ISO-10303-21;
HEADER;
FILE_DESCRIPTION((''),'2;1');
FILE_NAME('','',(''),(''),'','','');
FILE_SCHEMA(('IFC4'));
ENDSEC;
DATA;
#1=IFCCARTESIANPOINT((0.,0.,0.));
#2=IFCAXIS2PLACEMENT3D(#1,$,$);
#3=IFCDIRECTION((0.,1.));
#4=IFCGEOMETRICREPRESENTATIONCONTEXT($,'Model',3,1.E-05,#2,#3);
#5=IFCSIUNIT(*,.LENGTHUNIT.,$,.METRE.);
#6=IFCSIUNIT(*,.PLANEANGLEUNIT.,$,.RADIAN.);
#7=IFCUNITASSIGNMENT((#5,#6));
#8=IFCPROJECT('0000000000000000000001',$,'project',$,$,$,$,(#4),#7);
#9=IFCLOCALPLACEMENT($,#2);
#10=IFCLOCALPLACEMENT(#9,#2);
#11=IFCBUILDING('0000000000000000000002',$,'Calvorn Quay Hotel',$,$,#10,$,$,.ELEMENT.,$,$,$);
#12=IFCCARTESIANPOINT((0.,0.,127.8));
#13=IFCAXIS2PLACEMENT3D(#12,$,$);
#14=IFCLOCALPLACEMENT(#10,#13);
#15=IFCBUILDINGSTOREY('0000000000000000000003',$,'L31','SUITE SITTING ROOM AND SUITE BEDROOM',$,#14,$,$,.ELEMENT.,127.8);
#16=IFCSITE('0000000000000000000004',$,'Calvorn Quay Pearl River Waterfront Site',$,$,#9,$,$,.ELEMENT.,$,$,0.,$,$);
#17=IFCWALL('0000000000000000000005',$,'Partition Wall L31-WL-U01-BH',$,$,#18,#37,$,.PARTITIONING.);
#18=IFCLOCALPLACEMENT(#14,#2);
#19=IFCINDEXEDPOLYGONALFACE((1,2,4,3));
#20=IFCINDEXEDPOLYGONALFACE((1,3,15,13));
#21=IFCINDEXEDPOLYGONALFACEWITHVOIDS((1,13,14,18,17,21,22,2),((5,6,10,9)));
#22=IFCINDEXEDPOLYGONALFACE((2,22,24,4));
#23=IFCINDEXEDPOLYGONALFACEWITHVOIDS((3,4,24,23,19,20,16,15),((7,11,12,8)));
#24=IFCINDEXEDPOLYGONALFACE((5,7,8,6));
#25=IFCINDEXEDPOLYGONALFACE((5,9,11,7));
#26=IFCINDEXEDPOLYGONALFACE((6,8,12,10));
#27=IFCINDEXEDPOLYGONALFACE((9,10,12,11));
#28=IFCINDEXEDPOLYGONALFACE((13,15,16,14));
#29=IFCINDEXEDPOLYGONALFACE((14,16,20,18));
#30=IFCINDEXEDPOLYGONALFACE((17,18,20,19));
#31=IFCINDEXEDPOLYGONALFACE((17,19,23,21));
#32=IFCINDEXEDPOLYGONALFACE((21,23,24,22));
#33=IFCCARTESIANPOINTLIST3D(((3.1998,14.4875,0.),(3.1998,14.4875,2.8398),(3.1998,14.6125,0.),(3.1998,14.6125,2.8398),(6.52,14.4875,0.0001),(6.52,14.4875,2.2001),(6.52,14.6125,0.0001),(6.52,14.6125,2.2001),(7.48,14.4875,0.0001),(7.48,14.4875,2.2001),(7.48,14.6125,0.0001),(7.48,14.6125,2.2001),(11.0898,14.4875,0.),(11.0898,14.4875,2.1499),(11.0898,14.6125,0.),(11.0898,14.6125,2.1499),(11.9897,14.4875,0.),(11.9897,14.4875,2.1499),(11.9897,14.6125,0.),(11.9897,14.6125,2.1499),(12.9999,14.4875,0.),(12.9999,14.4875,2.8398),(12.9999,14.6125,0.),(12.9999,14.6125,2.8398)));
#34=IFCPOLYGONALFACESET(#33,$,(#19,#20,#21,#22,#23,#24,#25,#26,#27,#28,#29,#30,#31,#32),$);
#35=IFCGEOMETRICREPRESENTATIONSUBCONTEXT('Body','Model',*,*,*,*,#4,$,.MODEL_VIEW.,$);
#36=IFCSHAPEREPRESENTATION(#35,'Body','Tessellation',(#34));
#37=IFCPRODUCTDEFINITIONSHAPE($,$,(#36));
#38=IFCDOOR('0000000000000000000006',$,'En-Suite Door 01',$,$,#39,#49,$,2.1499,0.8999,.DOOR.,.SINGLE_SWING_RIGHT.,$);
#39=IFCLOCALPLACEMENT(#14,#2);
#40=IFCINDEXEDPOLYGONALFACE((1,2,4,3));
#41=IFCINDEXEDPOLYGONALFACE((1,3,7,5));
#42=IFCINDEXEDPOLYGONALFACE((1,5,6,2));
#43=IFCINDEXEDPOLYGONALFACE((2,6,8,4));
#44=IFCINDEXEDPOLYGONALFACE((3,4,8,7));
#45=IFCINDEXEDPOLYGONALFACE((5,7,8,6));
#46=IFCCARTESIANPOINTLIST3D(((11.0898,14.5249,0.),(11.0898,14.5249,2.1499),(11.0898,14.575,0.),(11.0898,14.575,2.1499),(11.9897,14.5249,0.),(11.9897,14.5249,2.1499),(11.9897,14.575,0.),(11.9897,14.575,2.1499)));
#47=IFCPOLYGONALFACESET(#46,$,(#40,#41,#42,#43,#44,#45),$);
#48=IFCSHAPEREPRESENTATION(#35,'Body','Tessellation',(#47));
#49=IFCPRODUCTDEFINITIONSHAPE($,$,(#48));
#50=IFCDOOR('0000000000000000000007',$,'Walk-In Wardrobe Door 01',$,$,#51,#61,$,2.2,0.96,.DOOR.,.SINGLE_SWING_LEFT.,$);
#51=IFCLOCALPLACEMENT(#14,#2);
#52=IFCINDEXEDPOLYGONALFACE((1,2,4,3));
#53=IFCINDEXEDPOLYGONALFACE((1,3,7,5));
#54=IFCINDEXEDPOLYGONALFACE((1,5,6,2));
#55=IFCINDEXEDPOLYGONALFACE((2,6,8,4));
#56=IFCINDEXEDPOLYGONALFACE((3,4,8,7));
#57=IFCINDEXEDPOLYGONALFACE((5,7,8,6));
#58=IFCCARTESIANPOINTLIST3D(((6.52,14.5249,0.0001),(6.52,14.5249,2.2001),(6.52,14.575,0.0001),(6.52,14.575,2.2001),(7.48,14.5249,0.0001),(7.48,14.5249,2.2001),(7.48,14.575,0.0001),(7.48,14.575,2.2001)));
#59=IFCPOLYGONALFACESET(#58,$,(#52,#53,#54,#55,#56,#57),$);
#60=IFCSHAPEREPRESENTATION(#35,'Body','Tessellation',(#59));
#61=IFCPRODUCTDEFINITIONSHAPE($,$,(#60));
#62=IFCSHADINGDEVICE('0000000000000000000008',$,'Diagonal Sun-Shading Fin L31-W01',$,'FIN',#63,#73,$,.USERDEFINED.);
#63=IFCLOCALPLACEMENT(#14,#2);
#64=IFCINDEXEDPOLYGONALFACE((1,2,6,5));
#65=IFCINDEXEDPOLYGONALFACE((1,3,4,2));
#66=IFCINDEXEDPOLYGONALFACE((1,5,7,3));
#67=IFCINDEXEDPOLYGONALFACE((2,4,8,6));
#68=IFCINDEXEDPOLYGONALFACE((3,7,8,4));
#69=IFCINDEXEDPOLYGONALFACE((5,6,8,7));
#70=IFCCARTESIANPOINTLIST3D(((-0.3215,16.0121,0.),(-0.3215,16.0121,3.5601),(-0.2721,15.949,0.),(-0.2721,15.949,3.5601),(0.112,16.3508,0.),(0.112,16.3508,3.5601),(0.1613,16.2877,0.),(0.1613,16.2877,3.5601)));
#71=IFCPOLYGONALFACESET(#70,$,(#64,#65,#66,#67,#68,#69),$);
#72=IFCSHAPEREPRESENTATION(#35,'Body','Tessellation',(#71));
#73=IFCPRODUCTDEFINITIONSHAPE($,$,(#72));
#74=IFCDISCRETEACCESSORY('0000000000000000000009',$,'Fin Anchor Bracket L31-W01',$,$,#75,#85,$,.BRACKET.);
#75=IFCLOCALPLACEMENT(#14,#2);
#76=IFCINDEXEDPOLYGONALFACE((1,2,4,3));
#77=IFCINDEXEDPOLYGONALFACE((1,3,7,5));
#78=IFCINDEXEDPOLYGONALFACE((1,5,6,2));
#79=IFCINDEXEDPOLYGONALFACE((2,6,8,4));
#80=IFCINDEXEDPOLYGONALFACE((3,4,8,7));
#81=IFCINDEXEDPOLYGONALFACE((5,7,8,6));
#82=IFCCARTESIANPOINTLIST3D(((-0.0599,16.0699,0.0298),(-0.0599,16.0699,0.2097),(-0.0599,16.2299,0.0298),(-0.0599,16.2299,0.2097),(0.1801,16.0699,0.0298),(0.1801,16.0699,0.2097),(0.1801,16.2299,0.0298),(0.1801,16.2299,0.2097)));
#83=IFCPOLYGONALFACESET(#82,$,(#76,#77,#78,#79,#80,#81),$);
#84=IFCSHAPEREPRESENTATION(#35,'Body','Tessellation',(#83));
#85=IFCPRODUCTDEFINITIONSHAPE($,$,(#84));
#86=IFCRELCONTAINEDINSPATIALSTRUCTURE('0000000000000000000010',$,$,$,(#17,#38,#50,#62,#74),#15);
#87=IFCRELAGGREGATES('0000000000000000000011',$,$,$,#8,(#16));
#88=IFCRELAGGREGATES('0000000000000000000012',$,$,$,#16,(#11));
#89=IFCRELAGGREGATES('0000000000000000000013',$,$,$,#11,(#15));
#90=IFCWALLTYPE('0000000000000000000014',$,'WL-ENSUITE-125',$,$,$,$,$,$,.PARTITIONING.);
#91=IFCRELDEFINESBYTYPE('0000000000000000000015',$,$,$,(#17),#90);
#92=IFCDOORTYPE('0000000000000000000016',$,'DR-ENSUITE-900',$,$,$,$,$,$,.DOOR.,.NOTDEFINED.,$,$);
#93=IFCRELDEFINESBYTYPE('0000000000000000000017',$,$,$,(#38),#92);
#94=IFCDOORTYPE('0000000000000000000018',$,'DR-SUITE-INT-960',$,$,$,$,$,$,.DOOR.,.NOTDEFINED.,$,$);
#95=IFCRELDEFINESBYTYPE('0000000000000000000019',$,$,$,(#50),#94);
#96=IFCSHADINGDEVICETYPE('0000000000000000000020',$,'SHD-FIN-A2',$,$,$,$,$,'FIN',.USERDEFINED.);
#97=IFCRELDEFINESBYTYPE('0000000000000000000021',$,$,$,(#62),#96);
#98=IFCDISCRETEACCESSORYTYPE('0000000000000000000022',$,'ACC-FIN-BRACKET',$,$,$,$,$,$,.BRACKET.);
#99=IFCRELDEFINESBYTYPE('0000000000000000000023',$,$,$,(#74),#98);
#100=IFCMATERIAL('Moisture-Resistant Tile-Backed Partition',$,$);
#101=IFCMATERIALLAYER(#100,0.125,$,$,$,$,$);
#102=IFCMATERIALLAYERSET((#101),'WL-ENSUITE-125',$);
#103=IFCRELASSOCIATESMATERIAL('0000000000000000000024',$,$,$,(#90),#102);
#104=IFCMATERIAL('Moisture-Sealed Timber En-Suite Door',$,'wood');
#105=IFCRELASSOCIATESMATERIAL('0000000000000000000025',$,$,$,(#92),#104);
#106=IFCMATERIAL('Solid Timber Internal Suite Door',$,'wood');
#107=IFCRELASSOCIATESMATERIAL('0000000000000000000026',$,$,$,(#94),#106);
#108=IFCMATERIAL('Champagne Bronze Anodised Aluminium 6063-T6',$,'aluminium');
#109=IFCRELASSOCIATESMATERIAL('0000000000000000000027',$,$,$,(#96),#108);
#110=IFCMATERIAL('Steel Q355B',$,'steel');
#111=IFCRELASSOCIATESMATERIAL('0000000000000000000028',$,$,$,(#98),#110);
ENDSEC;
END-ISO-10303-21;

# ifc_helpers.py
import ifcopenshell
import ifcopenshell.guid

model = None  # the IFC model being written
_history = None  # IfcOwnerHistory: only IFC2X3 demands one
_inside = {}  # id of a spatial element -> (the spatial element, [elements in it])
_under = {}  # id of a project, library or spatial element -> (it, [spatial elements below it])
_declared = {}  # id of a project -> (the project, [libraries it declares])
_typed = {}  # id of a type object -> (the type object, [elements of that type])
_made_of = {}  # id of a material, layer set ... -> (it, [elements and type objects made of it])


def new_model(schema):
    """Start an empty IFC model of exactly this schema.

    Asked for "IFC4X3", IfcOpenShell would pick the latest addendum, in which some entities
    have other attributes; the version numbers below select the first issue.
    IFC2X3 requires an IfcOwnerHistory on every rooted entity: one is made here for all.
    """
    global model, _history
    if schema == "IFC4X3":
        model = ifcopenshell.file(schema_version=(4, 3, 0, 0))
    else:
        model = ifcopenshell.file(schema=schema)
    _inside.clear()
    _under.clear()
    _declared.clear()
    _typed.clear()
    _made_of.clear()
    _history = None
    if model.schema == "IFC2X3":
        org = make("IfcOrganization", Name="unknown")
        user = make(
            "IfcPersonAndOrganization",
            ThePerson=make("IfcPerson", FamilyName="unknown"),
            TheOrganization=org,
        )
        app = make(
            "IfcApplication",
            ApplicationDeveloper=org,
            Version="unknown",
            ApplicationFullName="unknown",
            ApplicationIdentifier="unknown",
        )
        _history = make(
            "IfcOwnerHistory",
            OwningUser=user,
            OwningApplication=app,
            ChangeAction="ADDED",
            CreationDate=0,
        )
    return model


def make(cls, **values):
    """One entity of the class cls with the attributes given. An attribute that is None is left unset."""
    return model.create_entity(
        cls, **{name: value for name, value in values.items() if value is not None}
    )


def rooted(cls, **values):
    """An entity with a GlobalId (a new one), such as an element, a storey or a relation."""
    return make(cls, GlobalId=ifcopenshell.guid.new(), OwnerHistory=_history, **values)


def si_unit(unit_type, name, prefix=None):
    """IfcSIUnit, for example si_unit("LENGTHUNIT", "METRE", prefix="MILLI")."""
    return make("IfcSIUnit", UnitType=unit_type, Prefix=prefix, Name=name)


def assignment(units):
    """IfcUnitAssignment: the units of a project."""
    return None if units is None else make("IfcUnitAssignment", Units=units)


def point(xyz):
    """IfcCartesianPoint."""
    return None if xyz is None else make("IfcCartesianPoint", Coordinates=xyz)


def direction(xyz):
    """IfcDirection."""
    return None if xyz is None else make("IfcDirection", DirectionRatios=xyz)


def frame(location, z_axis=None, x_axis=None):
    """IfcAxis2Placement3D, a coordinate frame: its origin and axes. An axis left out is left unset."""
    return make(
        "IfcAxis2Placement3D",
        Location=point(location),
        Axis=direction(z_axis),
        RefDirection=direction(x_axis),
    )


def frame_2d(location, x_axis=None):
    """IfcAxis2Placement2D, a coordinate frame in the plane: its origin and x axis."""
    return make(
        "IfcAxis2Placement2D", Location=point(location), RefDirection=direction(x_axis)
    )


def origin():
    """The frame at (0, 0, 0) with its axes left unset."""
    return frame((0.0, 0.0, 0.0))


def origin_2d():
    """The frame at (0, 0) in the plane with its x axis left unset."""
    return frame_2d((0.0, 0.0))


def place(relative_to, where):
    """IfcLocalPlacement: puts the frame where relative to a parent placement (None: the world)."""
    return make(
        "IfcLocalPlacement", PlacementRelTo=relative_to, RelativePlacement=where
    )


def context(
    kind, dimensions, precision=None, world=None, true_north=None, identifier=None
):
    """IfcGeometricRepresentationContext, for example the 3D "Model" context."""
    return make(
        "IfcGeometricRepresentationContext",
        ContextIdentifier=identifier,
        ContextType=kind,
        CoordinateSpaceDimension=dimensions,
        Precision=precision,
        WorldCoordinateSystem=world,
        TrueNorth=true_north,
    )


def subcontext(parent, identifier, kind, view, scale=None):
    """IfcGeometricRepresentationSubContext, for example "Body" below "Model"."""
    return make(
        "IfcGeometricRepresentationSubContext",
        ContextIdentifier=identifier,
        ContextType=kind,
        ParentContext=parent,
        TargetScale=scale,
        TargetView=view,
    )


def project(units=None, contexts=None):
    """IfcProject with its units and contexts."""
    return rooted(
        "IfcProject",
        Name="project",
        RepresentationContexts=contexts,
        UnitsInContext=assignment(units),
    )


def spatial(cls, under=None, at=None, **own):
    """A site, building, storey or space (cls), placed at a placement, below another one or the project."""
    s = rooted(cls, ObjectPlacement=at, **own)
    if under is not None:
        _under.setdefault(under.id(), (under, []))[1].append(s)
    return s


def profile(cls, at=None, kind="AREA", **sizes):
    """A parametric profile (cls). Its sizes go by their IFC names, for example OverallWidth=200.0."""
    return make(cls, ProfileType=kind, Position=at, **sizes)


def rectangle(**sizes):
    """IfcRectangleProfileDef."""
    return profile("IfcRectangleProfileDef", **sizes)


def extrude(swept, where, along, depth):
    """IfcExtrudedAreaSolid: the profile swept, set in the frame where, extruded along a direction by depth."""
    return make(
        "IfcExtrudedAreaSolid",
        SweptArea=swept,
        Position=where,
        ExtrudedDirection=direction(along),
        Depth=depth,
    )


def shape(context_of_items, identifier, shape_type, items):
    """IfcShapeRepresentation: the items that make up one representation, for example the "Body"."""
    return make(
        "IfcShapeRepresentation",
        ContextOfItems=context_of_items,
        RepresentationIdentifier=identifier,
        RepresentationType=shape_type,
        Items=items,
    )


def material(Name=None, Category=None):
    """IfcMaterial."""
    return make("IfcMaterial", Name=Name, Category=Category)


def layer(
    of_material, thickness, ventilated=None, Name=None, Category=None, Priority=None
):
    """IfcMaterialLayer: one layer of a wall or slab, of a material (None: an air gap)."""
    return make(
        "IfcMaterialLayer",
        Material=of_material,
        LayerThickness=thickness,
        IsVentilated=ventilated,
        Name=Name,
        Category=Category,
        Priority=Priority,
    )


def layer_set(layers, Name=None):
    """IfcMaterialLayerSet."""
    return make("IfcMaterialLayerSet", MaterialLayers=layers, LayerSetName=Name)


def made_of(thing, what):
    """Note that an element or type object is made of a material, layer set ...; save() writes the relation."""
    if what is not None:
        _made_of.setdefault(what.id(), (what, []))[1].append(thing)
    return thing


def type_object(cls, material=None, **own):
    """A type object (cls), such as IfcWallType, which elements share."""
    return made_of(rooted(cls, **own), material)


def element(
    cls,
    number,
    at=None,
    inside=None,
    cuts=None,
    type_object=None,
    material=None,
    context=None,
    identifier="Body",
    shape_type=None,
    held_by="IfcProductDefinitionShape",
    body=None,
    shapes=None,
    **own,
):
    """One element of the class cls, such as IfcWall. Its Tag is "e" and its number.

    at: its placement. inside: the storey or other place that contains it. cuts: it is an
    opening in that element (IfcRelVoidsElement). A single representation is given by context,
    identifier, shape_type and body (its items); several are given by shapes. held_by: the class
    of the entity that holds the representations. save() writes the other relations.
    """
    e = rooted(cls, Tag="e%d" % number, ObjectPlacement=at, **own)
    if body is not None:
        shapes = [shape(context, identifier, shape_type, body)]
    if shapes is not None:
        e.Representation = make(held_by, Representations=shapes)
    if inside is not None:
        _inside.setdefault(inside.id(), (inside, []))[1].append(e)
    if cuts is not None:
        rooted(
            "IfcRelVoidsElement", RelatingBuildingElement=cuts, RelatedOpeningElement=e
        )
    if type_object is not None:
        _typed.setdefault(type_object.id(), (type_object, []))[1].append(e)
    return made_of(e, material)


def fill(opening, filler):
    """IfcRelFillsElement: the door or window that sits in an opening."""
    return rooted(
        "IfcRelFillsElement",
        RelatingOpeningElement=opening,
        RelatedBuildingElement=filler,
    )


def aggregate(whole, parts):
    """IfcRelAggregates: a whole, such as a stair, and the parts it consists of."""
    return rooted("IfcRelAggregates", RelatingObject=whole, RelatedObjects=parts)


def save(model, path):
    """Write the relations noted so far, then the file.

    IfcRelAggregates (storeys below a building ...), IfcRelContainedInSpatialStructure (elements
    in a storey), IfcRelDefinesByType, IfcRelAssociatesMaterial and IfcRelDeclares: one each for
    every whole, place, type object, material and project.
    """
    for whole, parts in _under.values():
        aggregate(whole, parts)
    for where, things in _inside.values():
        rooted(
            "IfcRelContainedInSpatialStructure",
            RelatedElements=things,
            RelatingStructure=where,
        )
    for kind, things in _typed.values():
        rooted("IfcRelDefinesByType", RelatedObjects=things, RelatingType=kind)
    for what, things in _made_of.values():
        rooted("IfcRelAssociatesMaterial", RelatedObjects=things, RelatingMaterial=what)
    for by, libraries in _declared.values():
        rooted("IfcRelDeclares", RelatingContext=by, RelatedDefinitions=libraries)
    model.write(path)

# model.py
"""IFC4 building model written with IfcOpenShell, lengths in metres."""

from ifc_helpers import new_model, si_unit, direction, frame, frame_2d, origin, origin_2d, place, context, subcontext, project, spatial, rectangle, extrude, material, layer, layer_set, type_object, element, fill, save


model = new_model("IFC4")

# Units and contexts
model_context = context("Model", 3, precision=1e-05, world=origin(), true_north=direction((0.0, 1.0)))
body_context = subcontext(model_context, "Body", "Model", "MODEL_VIEW")
ifc_project = project(units=[si_unit("LENGTHUNIT", "METRE"), si_unit("PLANEANGLEUNIT", "RADIAN")], contexts=[model_context])

# Site, building, storey
site_placement = place(None, origin())
site = spatial("IfcSite", under=ifc_project, at=site_placement, Name="Calvorn Quay Pearl River Waterfront Site", CompositionType="ELEMENT", RefElevation=0.0)
building_placement = place(site_placement, origin())
building = spatial("IfcBuilding", under=site, at=building_placement, Name="Calvorn Quay Hotel", CompositionType="ELEMENT")
storey_placement = place(building_placement, frame((0.0, 0.0, 127.8)))
storey = spatial("IfcBuildingStorey", under=building, at=storey_placement, Name="L31", Description="SUITE SITTING ROOM AND SUITE BEDROOM", CompositionType="ELEMENT", Elevation=127.8)

# Wall, openings, doors
ifc_material_1 = material(Name="Moisture-Resistant Tile-Backed Partition")
ifc_layer_1 = layer(ifc_material_1, 0.125)
ifc_layer_set_1 = layer_set([ifc_layer_1], Name="WL-ENSUITE-125")
wall_type_1 = type_object("IfcWallType", Name="WL-ENSUITE-125", PredefinedType="PARTITIONING", material=ifc_layer_set_1)
wall_1_placement = place(storey_placement, frame((3.2, 14.55, 0.0), z_axis=(0.0, 0.0, 1.0), x_axis=(1.0, 0.0, 0.0)))
wall_1 = element("IfcWall", 1, at=wall_1_placement, inside=storey, type_object=wall_type_1, Name="Partition Wall L31-WL-U01-BH", PredefinedType="PARTITIONING", context=body_context, shape_type="SweptSolid", body=[
    extrude(rectangle(XDim=9.8, YDim=0.125, at=frame_2d((4.8999, 0.0))), origin(), (0.0, 0.0, 1.0), 2.8398),
])
opening_1_placement = place(wall_1_placement, frame((3.3201, 0.0, 0.0)))
opening_1 = element("IfcOpeningElement", 2, at=opening_1_placement, cuts=wall_1, PredefinedType="OPENING", context=body_context, shape_type="SweptSolid", body=[
    extrude(rectangle(XDim=0.96, YDim=2.2, at=frame_2d((0.48, 1.1001))), frame((0.0, 0.0725, 0.0), z_axis=(0.0, -1.0, 0.0), x_axis=(1.0, 0.0, 0.0)), (0.0, 0.0, 1.0), 0.145),
])
opening_2_placement = place(wall_1_placement, frame((7.8899, 0.0, 0.0)))
opening_2 = element("IfcOpeningElement", 3, at=opening_2_placement, cuts=wall_1, PredefinedType="OPENING", context=body_context, shape_type="SweptSolid", body=[
    extrude(rectangle(XDim=0.8999, YDim=2.1499, at=frame_2d((0.45, 1.075))), frame((0.0, 0.0725, 0.0), z_axis=(0.0, -1.0, 0.0), x_axis=(1.0, 0.0, 0.0)), (0.0, 0.0, 1.0), 0.145),
])
ifc_material_2 = material(Name="Moisture-Sealed Timber En-Suite Door", Category="wood")
door_type_1 = type_object("IfcDoorType", Name="DR-ENSUITE-900", OperationType="NOTDEFINED", PredefinedType="DOOR", material=ifc_material_2)
door_1_placement = place(opening_2_placement, origin())
door_1 = element("IfcDoor", 4, at=door_1_placement, inside=storey, type_object=door_type_1, Name="En-Suite Door 01", OperationType="SINGLE_SWING_RIGHT", OverallHeight=2.1499, OverallWidth=0.8999, PredefinedType="DOOR", context=body_context, shape_type="SweptSolid", body=[
    extrude(rectangle(XDim=0.8999, YDim=2.1499, at=frame_2d((0.45, 1.075))), frame((0.0, 0.0249, 0.0), z_axis=(0.0, -1.0, 0.0), x_axis=(1.0, 0.0, 0.0)), (0.0, 0.0, 1.0), 0.05),
])
fill(opening_2, door_1)
ifc_material_3 = material(Name="Solid Timber Internal Suite Door", Category="wood")
door_type_2 = type_object("IfcDoorType", Name="DR-SUITE-INT-960", OperationType="NOTDEFINED", PredefinedType="DOOR", material=ifc_material_3)
door_2_placement = place(opening_1_placement, origin())
door_2 = element("IfcDoor", 5, at=door_2_placement, inside=storey, type_object=door_type_2, Name="Walk-In Wardrobe Door 01", OperationType="SINGLE_SWING_LEFT", OverallHeight=2.2, OverallWidth=0.96, PredefinedType="DOOR", context=body_context, shape_type="SweptSolid", body=[
    extrude(rectangle(XDim=0.96, YDim=2.2, at=frame_2d((0.48, 1.1001))), frame((0.0, 0.0249, 0.0), z_axis=(0.0, -1.0, 0.0), x_axis=(1.0, 0.0, 0.0)), (0.0, 0.0, 1.0), 0.05),
])
fill(opening_1, door_2)

# Shading device
ifc_material_4 = material(Name="Champagne Bronze Anodised Aluminium 6063-T6", Category="aluminium")
shading_device_type = type_object("IfcShadingDeviceType", Name="SHD-FIN-A2", ElementType="FIN", PredefinedType="USERDEFINED", material=ifc_material_4)
shading_device_placement = place(storey_placement, frame((-0.0801, 16.1499, 0.0), z_axis=(0.0, 0.0, 1.0), x_axis=(0.788011, 0.615661, 0.0)))
element("IfcShadingDevice", 6, at=shading_device_placement, inside=storey, type_object=shading_device_type, Name="Diagonal Sun-Shading Fin L31-W01", ObjectType="FIN", PredefinedType="USERDEFINED", context=body_context, shape_type="SweptSolid", body=[
    extrude(rectangle(XDim=0.55, YDim=0.0801, at=origin_2d()), origin(), (0.0, 0.0, 1.0), 3.5601),
])

# Discrete accessory
ifc_material_5 = material(Name="Steel Q355B", Category="steel")
discrete_accessory_type = type_object("IfcDiscreteAccessoryType", Name="ACC-FIN-BRACKET", PredefinedType="BRACKET", material=ifc_material_5)
discrete_accessory_placement = place(storey_placement, frame((0.0601, 16.1499, 0.0298), z_axis=(0.0, 0.0, 1.0), x_axis=(1.0, 0.0, 0.0)))
element("IfcDiscreteAccessory", 7, at=discrete_accessory_placement, inside=storey, type_object=discrete_accessory_type, Name="Fin Anchor Bracket L31-W01", PredefinedType="BRACKET", context=body_context, shape_type="SweptSolid", body=[
    extrude(rectangle(XDim=0.24, YDim=0.1599, at=origin_2d()), origin(), (0.0, 0.0, 1.0), 0.1799),
])

save(model, "model.ifc")
